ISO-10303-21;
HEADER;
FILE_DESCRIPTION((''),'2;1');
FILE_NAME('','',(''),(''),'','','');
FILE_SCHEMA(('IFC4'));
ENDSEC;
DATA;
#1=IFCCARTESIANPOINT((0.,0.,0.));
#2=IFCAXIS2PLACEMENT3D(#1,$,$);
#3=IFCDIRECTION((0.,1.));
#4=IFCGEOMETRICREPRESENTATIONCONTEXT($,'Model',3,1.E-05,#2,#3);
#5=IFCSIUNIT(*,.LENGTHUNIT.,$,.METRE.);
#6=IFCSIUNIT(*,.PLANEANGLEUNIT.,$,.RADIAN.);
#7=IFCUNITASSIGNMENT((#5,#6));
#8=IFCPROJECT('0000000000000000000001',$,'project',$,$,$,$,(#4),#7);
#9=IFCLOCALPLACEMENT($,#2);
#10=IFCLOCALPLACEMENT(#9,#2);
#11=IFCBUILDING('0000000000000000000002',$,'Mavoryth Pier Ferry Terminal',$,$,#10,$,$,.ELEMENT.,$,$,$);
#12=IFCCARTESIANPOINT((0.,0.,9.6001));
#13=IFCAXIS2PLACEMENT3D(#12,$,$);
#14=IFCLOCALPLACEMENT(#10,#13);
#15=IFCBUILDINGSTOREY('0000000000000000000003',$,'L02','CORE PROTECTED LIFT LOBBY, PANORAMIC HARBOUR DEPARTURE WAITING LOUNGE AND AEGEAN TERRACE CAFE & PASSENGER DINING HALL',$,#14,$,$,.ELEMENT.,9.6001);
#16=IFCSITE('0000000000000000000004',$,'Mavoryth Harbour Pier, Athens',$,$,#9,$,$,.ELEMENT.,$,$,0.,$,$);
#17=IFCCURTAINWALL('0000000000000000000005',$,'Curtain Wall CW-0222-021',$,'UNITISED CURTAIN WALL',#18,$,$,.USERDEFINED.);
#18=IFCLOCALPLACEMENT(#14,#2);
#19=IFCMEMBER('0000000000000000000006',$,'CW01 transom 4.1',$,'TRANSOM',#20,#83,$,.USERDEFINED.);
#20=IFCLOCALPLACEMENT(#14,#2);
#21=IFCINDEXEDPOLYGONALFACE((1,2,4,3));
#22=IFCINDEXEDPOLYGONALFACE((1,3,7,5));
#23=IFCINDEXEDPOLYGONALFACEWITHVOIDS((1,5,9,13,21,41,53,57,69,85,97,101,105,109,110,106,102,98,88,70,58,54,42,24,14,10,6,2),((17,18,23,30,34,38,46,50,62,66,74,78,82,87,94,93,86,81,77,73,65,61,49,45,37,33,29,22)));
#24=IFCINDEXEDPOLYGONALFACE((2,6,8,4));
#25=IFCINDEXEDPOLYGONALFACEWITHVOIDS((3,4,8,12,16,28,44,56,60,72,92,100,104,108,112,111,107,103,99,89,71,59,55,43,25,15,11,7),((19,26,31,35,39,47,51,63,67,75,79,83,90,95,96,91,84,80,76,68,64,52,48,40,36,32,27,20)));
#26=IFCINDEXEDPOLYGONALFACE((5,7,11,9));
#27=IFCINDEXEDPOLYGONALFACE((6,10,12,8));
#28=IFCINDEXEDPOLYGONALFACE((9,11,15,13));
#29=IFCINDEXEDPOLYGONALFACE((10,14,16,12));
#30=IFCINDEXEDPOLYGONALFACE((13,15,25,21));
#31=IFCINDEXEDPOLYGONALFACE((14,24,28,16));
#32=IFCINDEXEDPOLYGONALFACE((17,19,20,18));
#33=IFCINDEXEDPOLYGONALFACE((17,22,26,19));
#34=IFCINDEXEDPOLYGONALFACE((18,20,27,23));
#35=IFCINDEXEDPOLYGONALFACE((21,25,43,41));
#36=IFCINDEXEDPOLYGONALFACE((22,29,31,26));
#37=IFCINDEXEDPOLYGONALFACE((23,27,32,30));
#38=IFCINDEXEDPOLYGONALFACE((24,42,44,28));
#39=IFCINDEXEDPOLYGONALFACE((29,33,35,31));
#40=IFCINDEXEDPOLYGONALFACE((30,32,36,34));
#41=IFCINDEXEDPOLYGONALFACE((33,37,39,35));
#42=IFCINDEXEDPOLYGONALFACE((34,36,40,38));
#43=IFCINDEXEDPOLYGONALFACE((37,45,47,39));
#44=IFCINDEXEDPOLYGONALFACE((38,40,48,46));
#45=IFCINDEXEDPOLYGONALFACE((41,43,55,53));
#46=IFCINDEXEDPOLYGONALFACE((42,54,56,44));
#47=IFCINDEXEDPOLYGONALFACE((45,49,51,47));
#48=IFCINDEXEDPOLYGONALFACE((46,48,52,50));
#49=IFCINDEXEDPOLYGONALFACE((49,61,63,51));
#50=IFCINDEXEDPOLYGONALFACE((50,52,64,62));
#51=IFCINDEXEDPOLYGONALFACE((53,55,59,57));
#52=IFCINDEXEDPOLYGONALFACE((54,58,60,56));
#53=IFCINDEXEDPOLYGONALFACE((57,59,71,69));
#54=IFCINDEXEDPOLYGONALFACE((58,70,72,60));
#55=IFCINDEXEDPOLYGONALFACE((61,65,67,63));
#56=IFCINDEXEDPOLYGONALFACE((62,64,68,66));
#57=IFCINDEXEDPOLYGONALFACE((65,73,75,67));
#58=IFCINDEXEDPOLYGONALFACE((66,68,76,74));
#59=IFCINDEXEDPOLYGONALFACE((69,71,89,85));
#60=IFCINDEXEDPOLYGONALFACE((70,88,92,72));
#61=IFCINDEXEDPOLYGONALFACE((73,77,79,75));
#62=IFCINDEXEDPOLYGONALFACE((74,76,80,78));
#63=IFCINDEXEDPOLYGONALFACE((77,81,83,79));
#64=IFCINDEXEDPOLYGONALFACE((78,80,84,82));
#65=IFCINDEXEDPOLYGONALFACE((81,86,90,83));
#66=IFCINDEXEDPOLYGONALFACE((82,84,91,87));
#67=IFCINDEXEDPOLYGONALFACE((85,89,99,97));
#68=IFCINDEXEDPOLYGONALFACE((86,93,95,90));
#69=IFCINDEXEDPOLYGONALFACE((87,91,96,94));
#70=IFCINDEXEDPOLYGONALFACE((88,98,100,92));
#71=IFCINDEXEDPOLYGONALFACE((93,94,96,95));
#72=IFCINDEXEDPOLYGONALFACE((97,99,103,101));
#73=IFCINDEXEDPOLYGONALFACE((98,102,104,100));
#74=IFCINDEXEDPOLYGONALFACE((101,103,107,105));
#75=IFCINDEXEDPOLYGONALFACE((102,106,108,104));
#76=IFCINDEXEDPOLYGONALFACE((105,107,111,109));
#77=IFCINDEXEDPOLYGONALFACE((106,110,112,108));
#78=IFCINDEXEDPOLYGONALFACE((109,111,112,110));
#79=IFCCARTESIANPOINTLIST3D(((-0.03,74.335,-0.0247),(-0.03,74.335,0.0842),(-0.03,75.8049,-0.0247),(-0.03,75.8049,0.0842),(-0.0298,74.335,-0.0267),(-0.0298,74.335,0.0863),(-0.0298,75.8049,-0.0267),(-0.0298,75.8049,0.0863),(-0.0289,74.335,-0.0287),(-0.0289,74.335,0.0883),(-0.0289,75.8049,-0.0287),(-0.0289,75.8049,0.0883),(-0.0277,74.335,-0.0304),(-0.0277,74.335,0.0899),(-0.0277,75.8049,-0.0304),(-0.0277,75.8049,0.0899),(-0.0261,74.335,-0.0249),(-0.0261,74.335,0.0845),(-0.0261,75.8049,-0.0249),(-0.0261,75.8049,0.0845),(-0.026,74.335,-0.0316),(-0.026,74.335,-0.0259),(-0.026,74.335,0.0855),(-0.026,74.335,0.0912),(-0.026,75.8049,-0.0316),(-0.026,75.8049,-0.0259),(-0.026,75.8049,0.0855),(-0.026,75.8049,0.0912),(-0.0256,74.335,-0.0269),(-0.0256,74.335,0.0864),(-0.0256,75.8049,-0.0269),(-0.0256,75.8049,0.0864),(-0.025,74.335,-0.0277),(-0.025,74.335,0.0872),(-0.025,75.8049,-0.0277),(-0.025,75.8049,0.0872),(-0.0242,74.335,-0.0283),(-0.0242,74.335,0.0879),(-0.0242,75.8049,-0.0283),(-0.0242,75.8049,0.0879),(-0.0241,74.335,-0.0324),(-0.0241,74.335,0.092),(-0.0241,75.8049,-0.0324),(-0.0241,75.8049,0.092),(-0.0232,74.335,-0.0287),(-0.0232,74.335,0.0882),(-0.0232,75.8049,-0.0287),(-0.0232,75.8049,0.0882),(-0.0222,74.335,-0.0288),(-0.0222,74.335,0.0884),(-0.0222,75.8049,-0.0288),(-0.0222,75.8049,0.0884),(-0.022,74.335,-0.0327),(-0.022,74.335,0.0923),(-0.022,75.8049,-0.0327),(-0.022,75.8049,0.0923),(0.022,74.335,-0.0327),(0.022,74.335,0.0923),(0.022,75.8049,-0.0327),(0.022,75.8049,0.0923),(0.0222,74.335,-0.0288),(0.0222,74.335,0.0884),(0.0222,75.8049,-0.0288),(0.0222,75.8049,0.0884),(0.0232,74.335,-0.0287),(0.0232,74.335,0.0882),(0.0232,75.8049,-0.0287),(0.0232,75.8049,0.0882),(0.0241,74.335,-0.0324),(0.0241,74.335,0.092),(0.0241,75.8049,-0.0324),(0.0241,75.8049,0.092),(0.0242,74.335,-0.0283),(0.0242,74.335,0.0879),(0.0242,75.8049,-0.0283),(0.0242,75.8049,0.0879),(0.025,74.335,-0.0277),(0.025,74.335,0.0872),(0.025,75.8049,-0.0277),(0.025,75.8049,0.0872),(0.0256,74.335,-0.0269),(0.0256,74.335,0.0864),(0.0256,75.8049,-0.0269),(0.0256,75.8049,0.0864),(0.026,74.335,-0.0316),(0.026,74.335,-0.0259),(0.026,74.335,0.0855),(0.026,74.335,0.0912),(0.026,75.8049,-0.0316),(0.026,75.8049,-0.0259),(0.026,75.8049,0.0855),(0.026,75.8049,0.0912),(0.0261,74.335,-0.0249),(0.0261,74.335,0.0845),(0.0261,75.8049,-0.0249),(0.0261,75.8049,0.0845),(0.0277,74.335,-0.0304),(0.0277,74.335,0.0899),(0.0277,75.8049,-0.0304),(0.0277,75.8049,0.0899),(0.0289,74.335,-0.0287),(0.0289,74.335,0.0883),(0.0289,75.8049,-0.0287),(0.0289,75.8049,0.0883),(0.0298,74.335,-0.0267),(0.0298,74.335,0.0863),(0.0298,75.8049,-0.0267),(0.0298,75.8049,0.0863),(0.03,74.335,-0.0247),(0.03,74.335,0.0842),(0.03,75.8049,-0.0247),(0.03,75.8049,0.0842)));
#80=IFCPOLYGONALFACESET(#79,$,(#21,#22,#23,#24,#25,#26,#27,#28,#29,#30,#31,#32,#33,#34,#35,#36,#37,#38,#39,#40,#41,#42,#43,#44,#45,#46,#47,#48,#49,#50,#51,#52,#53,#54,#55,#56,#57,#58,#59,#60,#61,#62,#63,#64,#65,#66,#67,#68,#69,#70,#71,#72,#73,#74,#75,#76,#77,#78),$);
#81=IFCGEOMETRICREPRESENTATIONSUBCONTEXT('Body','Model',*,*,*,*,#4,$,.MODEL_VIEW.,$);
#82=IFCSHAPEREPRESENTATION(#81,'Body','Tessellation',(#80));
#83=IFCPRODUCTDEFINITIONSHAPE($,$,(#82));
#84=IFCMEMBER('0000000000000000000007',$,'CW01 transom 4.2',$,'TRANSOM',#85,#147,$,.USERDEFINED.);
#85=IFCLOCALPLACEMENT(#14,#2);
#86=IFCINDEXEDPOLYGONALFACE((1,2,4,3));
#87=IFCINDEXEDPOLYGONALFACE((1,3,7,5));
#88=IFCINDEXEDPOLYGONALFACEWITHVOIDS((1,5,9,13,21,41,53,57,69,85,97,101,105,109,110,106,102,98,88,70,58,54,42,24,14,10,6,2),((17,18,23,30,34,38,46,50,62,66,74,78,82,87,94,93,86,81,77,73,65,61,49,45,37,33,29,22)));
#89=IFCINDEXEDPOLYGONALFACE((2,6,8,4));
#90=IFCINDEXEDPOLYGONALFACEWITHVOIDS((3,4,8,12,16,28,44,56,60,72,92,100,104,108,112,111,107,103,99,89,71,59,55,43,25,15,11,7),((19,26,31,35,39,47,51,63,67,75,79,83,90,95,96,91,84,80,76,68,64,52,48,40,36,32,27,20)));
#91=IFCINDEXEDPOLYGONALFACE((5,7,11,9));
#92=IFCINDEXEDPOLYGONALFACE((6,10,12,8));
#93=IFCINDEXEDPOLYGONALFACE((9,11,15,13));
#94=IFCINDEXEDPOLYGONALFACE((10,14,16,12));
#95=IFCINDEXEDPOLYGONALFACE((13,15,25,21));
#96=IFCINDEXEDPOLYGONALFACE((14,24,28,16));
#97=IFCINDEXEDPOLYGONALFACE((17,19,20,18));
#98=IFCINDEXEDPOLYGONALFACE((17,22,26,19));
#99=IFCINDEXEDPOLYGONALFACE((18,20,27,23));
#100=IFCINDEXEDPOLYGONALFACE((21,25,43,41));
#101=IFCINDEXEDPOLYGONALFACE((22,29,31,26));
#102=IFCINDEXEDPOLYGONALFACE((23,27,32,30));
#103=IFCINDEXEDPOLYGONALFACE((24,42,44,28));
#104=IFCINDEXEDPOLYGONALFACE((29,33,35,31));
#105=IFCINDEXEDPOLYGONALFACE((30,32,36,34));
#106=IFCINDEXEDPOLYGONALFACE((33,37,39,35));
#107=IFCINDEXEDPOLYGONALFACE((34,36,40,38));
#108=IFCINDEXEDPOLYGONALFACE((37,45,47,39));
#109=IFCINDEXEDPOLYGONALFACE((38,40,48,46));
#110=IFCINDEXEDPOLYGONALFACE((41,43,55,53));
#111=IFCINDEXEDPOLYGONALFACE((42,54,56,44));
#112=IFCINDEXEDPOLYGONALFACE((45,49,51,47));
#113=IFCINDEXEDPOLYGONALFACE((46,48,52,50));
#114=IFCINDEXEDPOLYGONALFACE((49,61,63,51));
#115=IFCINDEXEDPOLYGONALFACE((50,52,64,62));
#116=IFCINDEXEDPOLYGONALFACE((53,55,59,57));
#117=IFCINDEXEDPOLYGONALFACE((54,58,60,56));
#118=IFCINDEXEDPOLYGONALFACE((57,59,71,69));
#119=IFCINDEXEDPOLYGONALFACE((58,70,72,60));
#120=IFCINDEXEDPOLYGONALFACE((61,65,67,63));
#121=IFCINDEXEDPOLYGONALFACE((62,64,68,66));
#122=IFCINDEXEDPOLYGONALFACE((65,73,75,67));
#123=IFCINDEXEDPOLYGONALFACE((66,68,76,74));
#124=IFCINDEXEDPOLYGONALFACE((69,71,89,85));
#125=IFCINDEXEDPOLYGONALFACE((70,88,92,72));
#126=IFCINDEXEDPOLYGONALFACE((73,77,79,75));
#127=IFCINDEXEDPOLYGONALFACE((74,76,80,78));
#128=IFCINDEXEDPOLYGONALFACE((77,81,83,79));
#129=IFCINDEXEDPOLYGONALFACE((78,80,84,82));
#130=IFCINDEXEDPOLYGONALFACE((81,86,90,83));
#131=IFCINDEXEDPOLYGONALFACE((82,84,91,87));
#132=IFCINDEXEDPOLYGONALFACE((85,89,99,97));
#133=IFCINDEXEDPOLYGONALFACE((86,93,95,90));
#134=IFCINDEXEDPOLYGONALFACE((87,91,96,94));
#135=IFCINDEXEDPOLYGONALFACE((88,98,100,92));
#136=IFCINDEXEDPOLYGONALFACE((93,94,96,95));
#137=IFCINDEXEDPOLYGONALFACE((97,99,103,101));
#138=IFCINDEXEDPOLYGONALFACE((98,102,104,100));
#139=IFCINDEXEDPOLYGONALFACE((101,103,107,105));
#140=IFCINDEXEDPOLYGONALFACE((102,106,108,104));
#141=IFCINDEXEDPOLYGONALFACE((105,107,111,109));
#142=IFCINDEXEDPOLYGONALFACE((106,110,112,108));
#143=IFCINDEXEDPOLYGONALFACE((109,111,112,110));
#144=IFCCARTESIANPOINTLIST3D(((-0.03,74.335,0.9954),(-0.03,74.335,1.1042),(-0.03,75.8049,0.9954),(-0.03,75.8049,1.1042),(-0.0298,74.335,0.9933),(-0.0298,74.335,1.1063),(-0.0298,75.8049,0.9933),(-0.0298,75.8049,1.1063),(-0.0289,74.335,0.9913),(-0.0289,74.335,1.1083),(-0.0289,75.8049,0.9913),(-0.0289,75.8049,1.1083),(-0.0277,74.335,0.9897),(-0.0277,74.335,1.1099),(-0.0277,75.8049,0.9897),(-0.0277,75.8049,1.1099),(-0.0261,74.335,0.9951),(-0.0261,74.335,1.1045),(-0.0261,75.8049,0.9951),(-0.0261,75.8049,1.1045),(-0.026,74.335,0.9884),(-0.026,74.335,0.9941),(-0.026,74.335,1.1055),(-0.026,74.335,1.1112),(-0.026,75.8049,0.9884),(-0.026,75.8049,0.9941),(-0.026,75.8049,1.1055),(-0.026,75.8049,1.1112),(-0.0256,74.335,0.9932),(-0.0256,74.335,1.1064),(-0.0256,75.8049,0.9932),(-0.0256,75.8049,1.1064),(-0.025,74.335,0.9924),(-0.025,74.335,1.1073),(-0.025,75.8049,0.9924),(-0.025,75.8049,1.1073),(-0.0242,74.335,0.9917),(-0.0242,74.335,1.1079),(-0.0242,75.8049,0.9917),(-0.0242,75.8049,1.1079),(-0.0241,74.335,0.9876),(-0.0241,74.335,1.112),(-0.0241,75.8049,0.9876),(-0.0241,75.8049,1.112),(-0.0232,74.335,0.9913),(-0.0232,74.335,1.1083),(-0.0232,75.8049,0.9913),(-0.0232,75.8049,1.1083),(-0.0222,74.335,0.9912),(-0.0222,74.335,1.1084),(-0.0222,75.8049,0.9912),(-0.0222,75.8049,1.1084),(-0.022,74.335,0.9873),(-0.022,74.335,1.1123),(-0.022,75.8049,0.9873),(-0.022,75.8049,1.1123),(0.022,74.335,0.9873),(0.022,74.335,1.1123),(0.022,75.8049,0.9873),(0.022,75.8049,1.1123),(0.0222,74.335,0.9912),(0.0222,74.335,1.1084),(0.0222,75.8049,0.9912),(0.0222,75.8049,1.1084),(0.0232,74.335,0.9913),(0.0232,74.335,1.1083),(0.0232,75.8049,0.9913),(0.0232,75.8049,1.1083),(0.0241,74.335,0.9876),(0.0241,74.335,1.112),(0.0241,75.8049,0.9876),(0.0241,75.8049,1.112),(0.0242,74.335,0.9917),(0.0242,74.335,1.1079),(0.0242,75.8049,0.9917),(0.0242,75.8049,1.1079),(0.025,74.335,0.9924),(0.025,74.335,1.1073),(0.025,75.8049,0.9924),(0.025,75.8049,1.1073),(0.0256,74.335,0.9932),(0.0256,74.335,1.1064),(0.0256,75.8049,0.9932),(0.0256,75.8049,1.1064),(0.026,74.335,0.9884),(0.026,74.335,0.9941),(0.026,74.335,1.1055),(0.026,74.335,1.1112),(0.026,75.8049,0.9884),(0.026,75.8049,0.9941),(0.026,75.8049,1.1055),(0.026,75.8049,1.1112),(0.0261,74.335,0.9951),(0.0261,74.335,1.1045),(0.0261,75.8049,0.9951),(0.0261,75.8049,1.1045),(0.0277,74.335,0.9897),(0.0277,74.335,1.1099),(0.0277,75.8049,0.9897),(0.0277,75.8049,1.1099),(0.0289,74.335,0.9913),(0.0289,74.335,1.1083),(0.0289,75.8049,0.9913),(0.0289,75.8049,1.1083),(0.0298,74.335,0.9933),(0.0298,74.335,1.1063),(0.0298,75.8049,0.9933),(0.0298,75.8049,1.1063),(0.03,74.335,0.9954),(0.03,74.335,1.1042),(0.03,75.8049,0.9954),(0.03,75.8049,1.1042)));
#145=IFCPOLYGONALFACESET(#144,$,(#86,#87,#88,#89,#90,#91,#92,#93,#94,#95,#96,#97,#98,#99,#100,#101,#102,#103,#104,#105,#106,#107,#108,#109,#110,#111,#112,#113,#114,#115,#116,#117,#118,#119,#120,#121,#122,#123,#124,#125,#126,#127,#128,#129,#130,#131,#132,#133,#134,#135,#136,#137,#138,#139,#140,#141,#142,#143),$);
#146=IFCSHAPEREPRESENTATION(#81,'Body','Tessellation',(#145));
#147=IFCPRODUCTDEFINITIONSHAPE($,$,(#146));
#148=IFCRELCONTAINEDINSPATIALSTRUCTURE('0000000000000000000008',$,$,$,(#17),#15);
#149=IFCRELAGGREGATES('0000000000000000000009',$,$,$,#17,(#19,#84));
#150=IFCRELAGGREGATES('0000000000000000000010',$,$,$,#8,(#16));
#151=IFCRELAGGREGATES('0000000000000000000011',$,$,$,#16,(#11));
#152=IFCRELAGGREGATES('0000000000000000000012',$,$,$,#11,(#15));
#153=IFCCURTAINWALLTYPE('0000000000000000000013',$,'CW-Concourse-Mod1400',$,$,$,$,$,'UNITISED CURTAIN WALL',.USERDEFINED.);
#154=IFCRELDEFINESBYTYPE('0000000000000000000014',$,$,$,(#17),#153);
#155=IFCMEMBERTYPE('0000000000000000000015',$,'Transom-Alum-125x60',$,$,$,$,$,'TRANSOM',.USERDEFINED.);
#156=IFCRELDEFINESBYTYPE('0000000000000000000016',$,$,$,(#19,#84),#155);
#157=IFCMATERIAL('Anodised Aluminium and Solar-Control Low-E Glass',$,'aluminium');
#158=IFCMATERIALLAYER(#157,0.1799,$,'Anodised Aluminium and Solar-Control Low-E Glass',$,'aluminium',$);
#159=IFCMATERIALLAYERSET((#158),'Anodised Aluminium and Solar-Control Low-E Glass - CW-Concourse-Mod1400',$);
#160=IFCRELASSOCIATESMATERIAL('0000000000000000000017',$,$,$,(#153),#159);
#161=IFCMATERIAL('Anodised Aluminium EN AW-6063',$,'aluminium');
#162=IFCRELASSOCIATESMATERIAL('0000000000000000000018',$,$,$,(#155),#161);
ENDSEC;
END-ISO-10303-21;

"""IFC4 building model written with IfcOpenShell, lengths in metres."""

from ifc_helpers import new_model, si_unit, direction, frame, origin, origin_2d, place, context, subcontext, project, spatial, hollow_rectangle, extrude, material, layer, layer_set, material_profile, profile_set, type_object, element, aggregate, save


model = new_model("IFC4")

# Units and contexts
model_context = context("Model", 3, precision=1e-05, world=origin(), true_north=direction((0.0, 1.0)))
body_context = subcontext(model_context, "Body", "Model", "MODEL_VIEW")
ifc_project = project(units=[si_unit("LENGTHUNIT", "METRE"), si_unit("PLANEANGLEUNIT", "RADIAN")], contexts=[model_context])

# Site, building, storey
site_placement = place(None, origin())
site = spatial("IfcSite", under=ifc_project, at=site_placement, Name="Mavoryth Harbour Pier, Athens", CompositionType="ELEMENT", RefElevation=0.0)
building_placement = place(site_placement, origin())
building = spatial("IfcBuilding", under=site, at=building_placement, Name="Mavoryth Pier Ferry Terminal", CompositionType="ELEMENT")
storey_placement = place(building_placement, frame((0.0, 0.0, 9.6001)))
storey = spatial("IfcBuildingStorey", under=building, at=storey_placement, Name="L02", Description="CORE PROTECTED LIFT LOBBY, PANORAMIC HARBOUR DEPARTURE WAITING LOUNGE AND AEGEAN TERRACE CAFE & PASSENGER DINING HALL", CompositionType="ELEMENT", Elevation=9.6001)

# Curtain wall
ifc_material_1 = material(Name="Anodised Aluminium and Solar-Control Low-E Glass", Category="aluminium")
ifc_layer_1 = layer(ifc_material_1, 0.1799, Name="Anodised Aluminium and Solar-Control Low-E Glass", Category="aluminium")
ifc_layer_set_1 = layer_set([ifc_layer_1], Name="Anodised Aluminium and Solar-Control Low-E Glass - CW-Concourse-Mod1400")
curtain_wall_type = type_object("IfcCurtainWallType", Name="CW-Concourse-Mod1400", ElementType="UNITISED CURTAIN WALL", PredefinedType="USERDEFINED", material=ifc_layer_set_1)
curtain_wall_placement = place(storey_placement, origin())
curtain_wall = element("IfcCurtainWall", 1, at=curtain_wall_placement, inside=storey, type_object=curtain_wall_type, Name="Curtain Wall CW-0222-021", ObjectType="UNITISED CURTAIN WALL", PredefinedType="USERDEFINED")
ifc_material_2 = material(Name="Anodised Aluminium EN AW-6063", Category="aluminium")

# Members
ifc_material_profile_1 = material_profile(ifc_material_2, hollow_rectangle(XDim=0.0601, YDim=0.125, WallThickness=0.0039, InnerFilletRadius=0.0039, OuterFilletRadius=0.0081, at=origin_2d()), Name="AL-TRAN 125x60x4", Category="aluminium")
ifc_profile_set_1 = profile_set([ifc_material_profile_1], Name="Anodised Aluminium EN AW-6063 - AL-TRAN 125x60x4")
member_type_1 = type_object("IfcMemberType", Name="Transom-Alum-125x60", ElementType="TRANSOM", PredefinedType="USERDEFINED", material=ifc_profile_set_1)
member_1_placement = place(storey_placement, frame((0.0, 75.8049, 0.0298), z_axis=(0.0, -1.0, 0.0), x_axis=(1.0, 0.0, 0.0)))
member_1 = element("IfcMember", 2, at=member_1_placement, type_object=member_type_1, Name="CW01 transom 4.1", ObjectType="TRANSOM", PredefinedType="USERDEFINED", context=body_context, shape_type="SweptSolid", body=[
    extrude(hollow_rectangle(XDim=0.0601, YDim=0.125, WallThickness=0.0039, InnerFilletRadius=0.0039, OuterFilletRadius=0.0081, at=origin_2d()), origin(), (0.0, 0.0, 1.0), 1.47),
])
member_2_placement = place(storey_placement, frame((0.0, 75.8049, 1.0498), z_axis=(0.0, -1.0, 0.0), x_axis=(1.0, 0.0, 0.0)))
member_2 = element("IfcMember", 3, at=member_2_placement, type_object=member_type_1, Name="CW01 transom 4.2", ObjectType="TRANSOM", PredefinedType="USERDEFINED", context=body_context, shape_type="SweptSolid", body=[
    extrude(hollow_rectangle(XDim=0.0601, YDim=0.125, WallThickness=0.0039, InnerFilletRadius=0.0039, OuterFilletRadius=0.0081, at=origin_2d()), origin(), (0.0, 0.0, 1.0), 1.47),
])

aggregate(curtain_wall, [member_1, member_2])

save(model, "model.ifc")
